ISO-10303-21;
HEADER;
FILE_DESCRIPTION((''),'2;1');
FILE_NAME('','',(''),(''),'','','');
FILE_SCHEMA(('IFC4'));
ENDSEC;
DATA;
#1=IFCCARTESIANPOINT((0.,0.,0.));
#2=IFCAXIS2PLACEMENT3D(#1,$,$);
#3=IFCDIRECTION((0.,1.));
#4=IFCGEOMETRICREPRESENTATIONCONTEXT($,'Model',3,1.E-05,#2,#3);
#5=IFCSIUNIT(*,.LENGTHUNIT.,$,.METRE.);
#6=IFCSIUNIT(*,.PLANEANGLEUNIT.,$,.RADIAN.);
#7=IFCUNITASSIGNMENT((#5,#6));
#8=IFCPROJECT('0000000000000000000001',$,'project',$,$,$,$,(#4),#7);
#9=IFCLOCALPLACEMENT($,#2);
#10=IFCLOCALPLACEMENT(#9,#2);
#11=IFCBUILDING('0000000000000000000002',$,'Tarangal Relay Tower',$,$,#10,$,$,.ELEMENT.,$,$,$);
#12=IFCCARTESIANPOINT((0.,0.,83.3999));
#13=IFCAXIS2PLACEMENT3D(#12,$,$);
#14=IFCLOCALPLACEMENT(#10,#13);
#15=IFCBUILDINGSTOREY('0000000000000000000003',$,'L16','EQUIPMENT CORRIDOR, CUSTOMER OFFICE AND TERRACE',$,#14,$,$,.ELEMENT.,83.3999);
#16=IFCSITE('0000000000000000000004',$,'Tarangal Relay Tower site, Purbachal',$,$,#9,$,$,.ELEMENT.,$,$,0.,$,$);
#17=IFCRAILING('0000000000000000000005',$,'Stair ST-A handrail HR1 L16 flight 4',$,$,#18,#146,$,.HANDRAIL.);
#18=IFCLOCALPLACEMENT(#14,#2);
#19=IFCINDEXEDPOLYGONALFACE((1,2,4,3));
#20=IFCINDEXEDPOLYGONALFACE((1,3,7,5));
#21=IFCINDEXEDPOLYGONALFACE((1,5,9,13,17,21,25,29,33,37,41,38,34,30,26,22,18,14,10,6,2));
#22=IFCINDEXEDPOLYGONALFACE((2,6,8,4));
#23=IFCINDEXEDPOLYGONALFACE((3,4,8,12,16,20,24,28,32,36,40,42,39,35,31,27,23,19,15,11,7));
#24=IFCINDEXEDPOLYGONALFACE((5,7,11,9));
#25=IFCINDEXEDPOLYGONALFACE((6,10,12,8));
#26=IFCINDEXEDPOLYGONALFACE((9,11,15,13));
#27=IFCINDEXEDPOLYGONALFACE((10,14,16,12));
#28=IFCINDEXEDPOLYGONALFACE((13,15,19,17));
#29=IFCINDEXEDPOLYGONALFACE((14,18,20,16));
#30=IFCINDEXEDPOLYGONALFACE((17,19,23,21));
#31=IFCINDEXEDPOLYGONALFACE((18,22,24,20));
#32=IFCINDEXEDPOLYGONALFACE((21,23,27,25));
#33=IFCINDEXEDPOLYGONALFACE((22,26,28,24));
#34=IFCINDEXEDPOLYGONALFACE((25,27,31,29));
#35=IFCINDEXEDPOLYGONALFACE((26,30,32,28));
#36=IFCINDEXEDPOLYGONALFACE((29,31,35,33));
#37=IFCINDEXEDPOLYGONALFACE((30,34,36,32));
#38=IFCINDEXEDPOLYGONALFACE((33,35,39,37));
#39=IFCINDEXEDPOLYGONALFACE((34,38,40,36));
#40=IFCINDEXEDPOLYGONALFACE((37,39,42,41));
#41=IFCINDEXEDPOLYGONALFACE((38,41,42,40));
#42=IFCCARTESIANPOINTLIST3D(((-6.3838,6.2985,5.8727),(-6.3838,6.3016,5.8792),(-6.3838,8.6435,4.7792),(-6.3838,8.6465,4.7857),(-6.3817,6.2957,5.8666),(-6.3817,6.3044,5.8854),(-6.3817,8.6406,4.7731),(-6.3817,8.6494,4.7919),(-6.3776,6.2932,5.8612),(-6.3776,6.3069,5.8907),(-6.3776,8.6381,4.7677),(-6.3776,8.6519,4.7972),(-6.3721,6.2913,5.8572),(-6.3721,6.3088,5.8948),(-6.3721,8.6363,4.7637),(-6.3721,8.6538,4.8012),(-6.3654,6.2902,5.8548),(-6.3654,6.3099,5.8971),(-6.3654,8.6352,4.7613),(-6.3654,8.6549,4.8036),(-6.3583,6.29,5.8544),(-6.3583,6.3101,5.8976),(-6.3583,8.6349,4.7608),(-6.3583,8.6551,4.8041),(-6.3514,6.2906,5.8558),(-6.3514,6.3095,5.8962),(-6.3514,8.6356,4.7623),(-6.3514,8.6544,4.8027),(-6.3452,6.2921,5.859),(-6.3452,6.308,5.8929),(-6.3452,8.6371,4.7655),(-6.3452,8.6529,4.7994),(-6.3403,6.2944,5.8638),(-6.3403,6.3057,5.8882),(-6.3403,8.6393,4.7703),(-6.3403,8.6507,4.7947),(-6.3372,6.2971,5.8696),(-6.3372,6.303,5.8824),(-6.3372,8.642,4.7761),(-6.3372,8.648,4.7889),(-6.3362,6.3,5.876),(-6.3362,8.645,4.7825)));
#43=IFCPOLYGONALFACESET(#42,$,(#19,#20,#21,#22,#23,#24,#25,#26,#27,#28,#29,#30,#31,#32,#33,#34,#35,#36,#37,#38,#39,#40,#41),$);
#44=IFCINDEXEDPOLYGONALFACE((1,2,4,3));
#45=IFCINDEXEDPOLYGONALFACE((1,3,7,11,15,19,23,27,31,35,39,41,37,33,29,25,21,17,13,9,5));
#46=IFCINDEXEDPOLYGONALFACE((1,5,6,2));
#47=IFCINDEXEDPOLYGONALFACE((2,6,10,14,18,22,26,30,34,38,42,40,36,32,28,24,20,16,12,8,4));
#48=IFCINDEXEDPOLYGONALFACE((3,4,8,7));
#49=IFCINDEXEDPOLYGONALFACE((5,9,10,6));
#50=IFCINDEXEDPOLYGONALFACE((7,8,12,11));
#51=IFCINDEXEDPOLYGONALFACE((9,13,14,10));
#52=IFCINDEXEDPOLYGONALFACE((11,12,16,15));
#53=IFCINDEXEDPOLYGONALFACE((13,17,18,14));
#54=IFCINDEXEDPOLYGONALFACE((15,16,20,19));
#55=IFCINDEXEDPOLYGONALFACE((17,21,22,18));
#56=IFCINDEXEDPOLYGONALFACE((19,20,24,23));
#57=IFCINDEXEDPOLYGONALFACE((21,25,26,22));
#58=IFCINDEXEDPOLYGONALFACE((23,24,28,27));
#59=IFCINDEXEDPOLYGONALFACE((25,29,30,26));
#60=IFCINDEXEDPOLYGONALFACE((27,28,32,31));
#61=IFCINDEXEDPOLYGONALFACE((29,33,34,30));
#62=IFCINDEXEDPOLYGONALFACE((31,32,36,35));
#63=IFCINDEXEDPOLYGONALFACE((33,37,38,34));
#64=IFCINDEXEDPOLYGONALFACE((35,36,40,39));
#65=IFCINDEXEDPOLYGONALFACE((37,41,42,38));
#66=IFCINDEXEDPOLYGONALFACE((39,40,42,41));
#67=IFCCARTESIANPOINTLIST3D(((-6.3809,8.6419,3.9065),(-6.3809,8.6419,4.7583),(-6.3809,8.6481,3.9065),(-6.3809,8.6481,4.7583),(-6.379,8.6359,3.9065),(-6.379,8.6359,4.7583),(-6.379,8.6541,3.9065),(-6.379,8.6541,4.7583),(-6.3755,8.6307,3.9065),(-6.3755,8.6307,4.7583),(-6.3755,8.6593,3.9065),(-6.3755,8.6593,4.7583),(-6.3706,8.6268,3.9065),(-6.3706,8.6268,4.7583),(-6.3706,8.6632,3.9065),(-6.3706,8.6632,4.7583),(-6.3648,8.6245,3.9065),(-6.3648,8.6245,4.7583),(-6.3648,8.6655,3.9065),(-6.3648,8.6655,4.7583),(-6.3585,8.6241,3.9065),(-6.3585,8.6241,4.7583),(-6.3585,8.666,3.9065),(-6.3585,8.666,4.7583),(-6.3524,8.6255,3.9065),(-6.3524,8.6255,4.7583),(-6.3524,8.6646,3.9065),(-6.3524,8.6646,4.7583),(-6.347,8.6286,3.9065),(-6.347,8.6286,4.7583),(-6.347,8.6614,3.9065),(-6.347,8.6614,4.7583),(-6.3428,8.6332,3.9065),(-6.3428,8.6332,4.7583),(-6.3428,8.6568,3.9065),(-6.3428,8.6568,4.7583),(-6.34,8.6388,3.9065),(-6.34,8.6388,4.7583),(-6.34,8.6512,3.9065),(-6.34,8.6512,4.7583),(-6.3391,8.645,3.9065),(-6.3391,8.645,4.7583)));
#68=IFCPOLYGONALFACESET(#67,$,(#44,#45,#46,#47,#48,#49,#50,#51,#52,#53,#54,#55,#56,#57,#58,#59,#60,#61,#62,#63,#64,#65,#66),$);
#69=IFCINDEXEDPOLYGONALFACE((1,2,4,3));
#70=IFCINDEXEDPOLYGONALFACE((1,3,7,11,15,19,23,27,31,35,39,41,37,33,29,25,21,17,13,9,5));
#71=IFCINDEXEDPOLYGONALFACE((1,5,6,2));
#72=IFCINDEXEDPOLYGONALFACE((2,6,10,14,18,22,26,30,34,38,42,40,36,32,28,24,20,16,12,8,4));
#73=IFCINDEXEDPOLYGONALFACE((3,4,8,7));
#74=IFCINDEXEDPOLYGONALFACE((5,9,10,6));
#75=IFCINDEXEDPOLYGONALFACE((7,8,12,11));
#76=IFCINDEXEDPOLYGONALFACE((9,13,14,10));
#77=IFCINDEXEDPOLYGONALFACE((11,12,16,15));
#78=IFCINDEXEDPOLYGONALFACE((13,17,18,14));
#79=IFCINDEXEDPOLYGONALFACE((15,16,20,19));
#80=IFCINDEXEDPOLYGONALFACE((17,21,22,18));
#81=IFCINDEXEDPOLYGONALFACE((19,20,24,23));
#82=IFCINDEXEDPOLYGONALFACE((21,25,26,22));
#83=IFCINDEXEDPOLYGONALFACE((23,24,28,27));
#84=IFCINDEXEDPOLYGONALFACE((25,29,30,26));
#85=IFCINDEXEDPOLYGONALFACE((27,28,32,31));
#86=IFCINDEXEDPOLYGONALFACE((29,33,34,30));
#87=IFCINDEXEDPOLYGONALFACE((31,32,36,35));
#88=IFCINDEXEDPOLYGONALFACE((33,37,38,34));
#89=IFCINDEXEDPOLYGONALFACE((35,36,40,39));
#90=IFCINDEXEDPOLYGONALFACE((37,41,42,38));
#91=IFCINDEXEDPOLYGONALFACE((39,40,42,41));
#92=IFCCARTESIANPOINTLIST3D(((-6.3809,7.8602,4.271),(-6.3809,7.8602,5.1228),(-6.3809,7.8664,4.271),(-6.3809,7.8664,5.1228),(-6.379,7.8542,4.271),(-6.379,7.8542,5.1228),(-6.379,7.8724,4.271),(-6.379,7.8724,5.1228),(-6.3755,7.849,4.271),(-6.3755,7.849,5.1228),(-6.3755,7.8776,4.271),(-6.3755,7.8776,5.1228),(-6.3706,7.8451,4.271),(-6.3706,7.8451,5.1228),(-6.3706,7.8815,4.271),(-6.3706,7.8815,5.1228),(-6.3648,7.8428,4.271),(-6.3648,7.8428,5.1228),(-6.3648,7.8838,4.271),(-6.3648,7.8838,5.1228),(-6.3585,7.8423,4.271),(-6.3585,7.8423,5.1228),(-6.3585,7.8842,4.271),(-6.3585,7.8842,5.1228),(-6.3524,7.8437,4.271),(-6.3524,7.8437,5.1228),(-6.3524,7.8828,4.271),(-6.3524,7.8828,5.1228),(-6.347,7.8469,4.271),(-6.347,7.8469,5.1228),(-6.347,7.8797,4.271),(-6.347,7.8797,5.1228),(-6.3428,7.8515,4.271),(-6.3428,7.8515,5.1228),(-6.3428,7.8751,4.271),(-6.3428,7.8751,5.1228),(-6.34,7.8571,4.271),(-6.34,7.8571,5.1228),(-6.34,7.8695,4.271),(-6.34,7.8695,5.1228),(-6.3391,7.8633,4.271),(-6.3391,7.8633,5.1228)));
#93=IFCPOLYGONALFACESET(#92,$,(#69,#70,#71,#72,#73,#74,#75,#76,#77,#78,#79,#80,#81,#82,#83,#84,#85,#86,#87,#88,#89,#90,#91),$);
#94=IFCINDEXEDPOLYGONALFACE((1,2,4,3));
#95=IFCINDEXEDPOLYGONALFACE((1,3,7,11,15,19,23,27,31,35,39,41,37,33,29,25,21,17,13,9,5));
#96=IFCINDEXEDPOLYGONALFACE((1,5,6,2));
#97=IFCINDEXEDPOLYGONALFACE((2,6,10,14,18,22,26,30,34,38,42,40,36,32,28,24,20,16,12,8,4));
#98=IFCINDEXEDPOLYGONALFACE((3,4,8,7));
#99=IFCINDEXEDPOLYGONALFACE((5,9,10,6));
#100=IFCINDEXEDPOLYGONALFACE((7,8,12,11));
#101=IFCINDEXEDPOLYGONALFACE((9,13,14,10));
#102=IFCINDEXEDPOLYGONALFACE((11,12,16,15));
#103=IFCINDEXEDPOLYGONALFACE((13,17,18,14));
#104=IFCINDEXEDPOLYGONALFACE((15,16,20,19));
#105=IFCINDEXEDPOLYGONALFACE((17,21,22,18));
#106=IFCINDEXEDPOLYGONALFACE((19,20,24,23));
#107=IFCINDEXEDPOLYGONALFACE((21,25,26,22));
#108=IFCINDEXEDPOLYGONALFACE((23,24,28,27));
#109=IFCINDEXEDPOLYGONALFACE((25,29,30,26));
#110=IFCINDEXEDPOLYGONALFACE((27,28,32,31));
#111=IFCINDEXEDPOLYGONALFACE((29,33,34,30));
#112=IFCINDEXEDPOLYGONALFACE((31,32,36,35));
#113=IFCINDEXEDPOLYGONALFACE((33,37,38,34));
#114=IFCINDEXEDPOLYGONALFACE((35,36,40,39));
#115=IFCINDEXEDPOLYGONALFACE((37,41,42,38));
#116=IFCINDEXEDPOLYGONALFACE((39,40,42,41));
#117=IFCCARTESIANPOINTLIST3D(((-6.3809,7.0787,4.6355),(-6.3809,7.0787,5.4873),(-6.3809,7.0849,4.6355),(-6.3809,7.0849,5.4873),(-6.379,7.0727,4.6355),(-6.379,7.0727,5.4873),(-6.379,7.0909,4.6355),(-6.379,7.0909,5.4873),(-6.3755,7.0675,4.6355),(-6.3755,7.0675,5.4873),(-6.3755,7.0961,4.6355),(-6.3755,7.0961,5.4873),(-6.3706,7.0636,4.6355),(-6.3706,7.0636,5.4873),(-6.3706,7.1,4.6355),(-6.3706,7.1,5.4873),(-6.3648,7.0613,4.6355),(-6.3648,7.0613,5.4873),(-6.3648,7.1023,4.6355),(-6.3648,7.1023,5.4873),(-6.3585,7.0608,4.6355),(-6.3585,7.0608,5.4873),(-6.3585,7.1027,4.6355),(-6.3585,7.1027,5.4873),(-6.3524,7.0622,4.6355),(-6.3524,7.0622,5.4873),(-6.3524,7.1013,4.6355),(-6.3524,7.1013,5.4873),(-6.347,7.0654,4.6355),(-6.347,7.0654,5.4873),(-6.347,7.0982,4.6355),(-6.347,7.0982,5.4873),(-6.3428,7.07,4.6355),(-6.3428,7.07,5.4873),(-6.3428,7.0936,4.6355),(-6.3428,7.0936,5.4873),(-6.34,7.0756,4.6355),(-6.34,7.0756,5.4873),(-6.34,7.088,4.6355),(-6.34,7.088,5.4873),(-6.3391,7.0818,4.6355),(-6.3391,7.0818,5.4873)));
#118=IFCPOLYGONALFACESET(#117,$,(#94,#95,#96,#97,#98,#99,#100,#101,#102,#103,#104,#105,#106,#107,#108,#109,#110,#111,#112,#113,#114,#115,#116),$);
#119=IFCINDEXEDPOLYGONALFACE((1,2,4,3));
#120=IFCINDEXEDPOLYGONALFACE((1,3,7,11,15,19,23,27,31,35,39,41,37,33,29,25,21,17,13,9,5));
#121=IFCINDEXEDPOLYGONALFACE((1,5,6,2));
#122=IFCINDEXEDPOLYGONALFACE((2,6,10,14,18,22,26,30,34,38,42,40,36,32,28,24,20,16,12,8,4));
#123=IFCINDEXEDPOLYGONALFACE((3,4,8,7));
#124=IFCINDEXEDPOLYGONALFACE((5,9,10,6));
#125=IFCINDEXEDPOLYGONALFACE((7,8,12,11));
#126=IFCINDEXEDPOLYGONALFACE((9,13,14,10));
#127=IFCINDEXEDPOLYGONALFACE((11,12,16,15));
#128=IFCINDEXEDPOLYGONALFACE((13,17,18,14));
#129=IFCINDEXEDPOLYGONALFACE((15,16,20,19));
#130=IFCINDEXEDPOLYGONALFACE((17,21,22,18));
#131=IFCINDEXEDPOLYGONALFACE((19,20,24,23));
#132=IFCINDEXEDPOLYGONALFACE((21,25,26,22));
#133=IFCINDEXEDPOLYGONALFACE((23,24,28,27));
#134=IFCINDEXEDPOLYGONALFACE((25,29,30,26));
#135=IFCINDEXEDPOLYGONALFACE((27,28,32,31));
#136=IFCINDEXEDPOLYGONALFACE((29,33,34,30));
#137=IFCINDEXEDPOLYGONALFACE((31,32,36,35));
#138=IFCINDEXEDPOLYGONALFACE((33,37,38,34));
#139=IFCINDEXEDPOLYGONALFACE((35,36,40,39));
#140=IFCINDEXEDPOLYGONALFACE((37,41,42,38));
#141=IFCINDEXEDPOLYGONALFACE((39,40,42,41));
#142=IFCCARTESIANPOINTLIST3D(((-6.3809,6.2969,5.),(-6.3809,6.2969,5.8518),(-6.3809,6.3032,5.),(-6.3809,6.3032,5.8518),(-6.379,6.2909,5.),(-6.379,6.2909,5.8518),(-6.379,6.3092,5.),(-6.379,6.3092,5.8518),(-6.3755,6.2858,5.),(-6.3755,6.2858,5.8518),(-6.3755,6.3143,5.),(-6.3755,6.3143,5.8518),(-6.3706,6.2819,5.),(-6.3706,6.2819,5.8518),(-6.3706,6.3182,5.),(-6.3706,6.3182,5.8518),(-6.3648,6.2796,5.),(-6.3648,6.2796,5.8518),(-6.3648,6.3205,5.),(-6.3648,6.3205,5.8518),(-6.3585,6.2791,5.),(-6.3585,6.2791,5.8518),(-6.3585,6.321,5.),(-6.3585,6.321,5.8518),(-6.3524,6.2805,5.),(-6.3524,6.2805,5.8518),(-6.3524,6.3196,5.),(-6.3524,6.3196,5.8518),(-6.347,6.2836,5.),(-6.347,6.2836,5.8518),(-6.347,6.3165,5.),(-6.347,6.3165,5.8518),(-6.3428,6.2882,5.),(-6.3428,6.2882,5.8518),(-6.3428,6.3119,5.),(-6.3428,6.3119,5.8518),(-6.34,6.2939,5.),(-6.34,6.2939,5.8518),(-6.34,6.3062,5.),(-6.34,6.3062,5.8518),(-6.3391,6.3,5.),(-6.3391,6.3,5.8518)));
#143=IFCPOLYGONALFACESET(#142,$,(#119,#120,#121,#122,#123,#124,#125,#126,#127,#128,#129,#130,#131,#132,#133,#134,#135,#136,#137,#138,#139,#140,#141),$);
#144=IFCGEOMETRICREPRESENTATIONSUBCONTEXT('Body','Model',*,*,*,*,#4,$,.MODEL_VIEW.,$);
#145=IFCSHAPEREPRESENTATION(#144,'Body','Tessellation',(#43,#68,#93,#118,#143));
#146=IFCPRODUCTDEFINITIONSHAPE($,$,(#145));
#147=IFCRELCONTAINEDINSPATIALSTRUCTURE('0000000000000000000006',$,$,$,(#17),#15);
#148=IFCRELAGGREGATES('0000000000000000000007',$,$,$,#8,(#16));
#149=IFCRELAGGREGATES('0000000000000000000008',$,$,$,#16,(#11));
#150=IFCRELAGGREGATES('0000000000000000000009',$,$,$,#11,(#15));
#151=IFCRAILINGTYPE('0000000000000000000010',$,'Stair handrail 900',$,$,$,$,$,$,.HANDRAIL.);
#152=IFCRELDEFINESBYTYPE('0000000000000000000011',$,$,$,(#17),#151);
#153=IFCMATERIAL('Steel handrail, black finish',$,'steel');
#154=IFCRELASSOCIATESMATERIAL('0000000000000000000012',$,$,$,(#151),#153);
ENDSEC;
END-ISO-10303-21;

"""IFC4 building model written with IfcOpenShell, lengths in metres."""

from ifc_helpers import new_model, si_unit, direction, frame, origin, origin_2d, place, context, subcontext, project, spatial, circle, extrude, material, type_object, element, save


model = new_model("IFC4")

# Units and contexts
model_context = context("Model", 3, precision=1e-05, world=origin(), true_north=direction((0.0, 1.0)))
body_context = subcontext(model_context, "Body", "Model", "MODEL_VIEW")
ifc_project = project(units=[si_unit("LENGTHUNIT", "METRE"), si_unit("PLANEANGLEUNIT", "RADIAN")], contexts=[model_context])

# Site, building, storey
site_placement = place(None, origin())
site = spatial("IfcSite", under=ifc_project, at=site_placement, Name="Tarangal Relay Tower site, Purbachal", CompositionType="ELEMENT", RefElevation=0.0)
building_placement = place(site_placement, origin())
building = spatial("IfcBuilding", under=site, at=building_placement, Name="Tarangal Relay Tower", CompositionType="ELEMENT")
storey_placement = place(building_placement, frame((0.0, 0.0, 83.3999)))
storey = spatial("IfcBuildingStorey", under=building, at=storey_placement, Name="L16", Description="EQUIPMENT CORRIDOR, CUSTOMER OFFICE AND TERRACE", CompositionType="ELEMENT", Elevation=83.3999)

# Railing
ifc_material_1 = material(Name="Steel handrail, black finish", Category="steel")
railing_type_1 = type_object("IfcRailingType", Name="Stair handrail 900", PredefinedType="HANDRAIL", material=ifc_material_1)
for number, where, name in (
    (1, (-6.3601, 8.645, 3.9065), "Stair ST-A handrail HR1 L16 flight 4"),
):
    element("IfcRailing", number, at=place(storey_placement, frame(where)), inside=storey, type_object=railing_type_1, Name=name, PredefinedType="HANDRAIL", context=body_context, shape_type="SweptSolid", body=[
        extrude(circle(Radius=0.0239, at=origin_2d()), frame((0.0, 0.0, 0.876), z_axis=(0.0, -0.906304, 0.422627), x_axis=(1.0, 0.0, 0.0)), (0.0, 0.0, 1.0), 2.5874),
        extrude(circle(Radius=0.021, at=origin_2d()), origin(), (0.0, 0.0, 1.0), 0.8518),
        extrude(circle(Radius=0.021, at=origin_2d()), frame((0.0, -0.7817, 0.3645)), (0.0, 0.0, 1.0), 0.8518),
        extrude(circle(Radius=0.021, at=origin_2d()), frame((0.0, -1.5632, 0.729)), (0.0, 0.0, 1.0), 0.8518),
        extrude(circle(Radius=0.021, at=origin_2d()), frame((0.0, -2.345, 1.0935)), (0.0, 0.0, 1.0), 0.8518),
    ])

save(model, "model.ifc")
